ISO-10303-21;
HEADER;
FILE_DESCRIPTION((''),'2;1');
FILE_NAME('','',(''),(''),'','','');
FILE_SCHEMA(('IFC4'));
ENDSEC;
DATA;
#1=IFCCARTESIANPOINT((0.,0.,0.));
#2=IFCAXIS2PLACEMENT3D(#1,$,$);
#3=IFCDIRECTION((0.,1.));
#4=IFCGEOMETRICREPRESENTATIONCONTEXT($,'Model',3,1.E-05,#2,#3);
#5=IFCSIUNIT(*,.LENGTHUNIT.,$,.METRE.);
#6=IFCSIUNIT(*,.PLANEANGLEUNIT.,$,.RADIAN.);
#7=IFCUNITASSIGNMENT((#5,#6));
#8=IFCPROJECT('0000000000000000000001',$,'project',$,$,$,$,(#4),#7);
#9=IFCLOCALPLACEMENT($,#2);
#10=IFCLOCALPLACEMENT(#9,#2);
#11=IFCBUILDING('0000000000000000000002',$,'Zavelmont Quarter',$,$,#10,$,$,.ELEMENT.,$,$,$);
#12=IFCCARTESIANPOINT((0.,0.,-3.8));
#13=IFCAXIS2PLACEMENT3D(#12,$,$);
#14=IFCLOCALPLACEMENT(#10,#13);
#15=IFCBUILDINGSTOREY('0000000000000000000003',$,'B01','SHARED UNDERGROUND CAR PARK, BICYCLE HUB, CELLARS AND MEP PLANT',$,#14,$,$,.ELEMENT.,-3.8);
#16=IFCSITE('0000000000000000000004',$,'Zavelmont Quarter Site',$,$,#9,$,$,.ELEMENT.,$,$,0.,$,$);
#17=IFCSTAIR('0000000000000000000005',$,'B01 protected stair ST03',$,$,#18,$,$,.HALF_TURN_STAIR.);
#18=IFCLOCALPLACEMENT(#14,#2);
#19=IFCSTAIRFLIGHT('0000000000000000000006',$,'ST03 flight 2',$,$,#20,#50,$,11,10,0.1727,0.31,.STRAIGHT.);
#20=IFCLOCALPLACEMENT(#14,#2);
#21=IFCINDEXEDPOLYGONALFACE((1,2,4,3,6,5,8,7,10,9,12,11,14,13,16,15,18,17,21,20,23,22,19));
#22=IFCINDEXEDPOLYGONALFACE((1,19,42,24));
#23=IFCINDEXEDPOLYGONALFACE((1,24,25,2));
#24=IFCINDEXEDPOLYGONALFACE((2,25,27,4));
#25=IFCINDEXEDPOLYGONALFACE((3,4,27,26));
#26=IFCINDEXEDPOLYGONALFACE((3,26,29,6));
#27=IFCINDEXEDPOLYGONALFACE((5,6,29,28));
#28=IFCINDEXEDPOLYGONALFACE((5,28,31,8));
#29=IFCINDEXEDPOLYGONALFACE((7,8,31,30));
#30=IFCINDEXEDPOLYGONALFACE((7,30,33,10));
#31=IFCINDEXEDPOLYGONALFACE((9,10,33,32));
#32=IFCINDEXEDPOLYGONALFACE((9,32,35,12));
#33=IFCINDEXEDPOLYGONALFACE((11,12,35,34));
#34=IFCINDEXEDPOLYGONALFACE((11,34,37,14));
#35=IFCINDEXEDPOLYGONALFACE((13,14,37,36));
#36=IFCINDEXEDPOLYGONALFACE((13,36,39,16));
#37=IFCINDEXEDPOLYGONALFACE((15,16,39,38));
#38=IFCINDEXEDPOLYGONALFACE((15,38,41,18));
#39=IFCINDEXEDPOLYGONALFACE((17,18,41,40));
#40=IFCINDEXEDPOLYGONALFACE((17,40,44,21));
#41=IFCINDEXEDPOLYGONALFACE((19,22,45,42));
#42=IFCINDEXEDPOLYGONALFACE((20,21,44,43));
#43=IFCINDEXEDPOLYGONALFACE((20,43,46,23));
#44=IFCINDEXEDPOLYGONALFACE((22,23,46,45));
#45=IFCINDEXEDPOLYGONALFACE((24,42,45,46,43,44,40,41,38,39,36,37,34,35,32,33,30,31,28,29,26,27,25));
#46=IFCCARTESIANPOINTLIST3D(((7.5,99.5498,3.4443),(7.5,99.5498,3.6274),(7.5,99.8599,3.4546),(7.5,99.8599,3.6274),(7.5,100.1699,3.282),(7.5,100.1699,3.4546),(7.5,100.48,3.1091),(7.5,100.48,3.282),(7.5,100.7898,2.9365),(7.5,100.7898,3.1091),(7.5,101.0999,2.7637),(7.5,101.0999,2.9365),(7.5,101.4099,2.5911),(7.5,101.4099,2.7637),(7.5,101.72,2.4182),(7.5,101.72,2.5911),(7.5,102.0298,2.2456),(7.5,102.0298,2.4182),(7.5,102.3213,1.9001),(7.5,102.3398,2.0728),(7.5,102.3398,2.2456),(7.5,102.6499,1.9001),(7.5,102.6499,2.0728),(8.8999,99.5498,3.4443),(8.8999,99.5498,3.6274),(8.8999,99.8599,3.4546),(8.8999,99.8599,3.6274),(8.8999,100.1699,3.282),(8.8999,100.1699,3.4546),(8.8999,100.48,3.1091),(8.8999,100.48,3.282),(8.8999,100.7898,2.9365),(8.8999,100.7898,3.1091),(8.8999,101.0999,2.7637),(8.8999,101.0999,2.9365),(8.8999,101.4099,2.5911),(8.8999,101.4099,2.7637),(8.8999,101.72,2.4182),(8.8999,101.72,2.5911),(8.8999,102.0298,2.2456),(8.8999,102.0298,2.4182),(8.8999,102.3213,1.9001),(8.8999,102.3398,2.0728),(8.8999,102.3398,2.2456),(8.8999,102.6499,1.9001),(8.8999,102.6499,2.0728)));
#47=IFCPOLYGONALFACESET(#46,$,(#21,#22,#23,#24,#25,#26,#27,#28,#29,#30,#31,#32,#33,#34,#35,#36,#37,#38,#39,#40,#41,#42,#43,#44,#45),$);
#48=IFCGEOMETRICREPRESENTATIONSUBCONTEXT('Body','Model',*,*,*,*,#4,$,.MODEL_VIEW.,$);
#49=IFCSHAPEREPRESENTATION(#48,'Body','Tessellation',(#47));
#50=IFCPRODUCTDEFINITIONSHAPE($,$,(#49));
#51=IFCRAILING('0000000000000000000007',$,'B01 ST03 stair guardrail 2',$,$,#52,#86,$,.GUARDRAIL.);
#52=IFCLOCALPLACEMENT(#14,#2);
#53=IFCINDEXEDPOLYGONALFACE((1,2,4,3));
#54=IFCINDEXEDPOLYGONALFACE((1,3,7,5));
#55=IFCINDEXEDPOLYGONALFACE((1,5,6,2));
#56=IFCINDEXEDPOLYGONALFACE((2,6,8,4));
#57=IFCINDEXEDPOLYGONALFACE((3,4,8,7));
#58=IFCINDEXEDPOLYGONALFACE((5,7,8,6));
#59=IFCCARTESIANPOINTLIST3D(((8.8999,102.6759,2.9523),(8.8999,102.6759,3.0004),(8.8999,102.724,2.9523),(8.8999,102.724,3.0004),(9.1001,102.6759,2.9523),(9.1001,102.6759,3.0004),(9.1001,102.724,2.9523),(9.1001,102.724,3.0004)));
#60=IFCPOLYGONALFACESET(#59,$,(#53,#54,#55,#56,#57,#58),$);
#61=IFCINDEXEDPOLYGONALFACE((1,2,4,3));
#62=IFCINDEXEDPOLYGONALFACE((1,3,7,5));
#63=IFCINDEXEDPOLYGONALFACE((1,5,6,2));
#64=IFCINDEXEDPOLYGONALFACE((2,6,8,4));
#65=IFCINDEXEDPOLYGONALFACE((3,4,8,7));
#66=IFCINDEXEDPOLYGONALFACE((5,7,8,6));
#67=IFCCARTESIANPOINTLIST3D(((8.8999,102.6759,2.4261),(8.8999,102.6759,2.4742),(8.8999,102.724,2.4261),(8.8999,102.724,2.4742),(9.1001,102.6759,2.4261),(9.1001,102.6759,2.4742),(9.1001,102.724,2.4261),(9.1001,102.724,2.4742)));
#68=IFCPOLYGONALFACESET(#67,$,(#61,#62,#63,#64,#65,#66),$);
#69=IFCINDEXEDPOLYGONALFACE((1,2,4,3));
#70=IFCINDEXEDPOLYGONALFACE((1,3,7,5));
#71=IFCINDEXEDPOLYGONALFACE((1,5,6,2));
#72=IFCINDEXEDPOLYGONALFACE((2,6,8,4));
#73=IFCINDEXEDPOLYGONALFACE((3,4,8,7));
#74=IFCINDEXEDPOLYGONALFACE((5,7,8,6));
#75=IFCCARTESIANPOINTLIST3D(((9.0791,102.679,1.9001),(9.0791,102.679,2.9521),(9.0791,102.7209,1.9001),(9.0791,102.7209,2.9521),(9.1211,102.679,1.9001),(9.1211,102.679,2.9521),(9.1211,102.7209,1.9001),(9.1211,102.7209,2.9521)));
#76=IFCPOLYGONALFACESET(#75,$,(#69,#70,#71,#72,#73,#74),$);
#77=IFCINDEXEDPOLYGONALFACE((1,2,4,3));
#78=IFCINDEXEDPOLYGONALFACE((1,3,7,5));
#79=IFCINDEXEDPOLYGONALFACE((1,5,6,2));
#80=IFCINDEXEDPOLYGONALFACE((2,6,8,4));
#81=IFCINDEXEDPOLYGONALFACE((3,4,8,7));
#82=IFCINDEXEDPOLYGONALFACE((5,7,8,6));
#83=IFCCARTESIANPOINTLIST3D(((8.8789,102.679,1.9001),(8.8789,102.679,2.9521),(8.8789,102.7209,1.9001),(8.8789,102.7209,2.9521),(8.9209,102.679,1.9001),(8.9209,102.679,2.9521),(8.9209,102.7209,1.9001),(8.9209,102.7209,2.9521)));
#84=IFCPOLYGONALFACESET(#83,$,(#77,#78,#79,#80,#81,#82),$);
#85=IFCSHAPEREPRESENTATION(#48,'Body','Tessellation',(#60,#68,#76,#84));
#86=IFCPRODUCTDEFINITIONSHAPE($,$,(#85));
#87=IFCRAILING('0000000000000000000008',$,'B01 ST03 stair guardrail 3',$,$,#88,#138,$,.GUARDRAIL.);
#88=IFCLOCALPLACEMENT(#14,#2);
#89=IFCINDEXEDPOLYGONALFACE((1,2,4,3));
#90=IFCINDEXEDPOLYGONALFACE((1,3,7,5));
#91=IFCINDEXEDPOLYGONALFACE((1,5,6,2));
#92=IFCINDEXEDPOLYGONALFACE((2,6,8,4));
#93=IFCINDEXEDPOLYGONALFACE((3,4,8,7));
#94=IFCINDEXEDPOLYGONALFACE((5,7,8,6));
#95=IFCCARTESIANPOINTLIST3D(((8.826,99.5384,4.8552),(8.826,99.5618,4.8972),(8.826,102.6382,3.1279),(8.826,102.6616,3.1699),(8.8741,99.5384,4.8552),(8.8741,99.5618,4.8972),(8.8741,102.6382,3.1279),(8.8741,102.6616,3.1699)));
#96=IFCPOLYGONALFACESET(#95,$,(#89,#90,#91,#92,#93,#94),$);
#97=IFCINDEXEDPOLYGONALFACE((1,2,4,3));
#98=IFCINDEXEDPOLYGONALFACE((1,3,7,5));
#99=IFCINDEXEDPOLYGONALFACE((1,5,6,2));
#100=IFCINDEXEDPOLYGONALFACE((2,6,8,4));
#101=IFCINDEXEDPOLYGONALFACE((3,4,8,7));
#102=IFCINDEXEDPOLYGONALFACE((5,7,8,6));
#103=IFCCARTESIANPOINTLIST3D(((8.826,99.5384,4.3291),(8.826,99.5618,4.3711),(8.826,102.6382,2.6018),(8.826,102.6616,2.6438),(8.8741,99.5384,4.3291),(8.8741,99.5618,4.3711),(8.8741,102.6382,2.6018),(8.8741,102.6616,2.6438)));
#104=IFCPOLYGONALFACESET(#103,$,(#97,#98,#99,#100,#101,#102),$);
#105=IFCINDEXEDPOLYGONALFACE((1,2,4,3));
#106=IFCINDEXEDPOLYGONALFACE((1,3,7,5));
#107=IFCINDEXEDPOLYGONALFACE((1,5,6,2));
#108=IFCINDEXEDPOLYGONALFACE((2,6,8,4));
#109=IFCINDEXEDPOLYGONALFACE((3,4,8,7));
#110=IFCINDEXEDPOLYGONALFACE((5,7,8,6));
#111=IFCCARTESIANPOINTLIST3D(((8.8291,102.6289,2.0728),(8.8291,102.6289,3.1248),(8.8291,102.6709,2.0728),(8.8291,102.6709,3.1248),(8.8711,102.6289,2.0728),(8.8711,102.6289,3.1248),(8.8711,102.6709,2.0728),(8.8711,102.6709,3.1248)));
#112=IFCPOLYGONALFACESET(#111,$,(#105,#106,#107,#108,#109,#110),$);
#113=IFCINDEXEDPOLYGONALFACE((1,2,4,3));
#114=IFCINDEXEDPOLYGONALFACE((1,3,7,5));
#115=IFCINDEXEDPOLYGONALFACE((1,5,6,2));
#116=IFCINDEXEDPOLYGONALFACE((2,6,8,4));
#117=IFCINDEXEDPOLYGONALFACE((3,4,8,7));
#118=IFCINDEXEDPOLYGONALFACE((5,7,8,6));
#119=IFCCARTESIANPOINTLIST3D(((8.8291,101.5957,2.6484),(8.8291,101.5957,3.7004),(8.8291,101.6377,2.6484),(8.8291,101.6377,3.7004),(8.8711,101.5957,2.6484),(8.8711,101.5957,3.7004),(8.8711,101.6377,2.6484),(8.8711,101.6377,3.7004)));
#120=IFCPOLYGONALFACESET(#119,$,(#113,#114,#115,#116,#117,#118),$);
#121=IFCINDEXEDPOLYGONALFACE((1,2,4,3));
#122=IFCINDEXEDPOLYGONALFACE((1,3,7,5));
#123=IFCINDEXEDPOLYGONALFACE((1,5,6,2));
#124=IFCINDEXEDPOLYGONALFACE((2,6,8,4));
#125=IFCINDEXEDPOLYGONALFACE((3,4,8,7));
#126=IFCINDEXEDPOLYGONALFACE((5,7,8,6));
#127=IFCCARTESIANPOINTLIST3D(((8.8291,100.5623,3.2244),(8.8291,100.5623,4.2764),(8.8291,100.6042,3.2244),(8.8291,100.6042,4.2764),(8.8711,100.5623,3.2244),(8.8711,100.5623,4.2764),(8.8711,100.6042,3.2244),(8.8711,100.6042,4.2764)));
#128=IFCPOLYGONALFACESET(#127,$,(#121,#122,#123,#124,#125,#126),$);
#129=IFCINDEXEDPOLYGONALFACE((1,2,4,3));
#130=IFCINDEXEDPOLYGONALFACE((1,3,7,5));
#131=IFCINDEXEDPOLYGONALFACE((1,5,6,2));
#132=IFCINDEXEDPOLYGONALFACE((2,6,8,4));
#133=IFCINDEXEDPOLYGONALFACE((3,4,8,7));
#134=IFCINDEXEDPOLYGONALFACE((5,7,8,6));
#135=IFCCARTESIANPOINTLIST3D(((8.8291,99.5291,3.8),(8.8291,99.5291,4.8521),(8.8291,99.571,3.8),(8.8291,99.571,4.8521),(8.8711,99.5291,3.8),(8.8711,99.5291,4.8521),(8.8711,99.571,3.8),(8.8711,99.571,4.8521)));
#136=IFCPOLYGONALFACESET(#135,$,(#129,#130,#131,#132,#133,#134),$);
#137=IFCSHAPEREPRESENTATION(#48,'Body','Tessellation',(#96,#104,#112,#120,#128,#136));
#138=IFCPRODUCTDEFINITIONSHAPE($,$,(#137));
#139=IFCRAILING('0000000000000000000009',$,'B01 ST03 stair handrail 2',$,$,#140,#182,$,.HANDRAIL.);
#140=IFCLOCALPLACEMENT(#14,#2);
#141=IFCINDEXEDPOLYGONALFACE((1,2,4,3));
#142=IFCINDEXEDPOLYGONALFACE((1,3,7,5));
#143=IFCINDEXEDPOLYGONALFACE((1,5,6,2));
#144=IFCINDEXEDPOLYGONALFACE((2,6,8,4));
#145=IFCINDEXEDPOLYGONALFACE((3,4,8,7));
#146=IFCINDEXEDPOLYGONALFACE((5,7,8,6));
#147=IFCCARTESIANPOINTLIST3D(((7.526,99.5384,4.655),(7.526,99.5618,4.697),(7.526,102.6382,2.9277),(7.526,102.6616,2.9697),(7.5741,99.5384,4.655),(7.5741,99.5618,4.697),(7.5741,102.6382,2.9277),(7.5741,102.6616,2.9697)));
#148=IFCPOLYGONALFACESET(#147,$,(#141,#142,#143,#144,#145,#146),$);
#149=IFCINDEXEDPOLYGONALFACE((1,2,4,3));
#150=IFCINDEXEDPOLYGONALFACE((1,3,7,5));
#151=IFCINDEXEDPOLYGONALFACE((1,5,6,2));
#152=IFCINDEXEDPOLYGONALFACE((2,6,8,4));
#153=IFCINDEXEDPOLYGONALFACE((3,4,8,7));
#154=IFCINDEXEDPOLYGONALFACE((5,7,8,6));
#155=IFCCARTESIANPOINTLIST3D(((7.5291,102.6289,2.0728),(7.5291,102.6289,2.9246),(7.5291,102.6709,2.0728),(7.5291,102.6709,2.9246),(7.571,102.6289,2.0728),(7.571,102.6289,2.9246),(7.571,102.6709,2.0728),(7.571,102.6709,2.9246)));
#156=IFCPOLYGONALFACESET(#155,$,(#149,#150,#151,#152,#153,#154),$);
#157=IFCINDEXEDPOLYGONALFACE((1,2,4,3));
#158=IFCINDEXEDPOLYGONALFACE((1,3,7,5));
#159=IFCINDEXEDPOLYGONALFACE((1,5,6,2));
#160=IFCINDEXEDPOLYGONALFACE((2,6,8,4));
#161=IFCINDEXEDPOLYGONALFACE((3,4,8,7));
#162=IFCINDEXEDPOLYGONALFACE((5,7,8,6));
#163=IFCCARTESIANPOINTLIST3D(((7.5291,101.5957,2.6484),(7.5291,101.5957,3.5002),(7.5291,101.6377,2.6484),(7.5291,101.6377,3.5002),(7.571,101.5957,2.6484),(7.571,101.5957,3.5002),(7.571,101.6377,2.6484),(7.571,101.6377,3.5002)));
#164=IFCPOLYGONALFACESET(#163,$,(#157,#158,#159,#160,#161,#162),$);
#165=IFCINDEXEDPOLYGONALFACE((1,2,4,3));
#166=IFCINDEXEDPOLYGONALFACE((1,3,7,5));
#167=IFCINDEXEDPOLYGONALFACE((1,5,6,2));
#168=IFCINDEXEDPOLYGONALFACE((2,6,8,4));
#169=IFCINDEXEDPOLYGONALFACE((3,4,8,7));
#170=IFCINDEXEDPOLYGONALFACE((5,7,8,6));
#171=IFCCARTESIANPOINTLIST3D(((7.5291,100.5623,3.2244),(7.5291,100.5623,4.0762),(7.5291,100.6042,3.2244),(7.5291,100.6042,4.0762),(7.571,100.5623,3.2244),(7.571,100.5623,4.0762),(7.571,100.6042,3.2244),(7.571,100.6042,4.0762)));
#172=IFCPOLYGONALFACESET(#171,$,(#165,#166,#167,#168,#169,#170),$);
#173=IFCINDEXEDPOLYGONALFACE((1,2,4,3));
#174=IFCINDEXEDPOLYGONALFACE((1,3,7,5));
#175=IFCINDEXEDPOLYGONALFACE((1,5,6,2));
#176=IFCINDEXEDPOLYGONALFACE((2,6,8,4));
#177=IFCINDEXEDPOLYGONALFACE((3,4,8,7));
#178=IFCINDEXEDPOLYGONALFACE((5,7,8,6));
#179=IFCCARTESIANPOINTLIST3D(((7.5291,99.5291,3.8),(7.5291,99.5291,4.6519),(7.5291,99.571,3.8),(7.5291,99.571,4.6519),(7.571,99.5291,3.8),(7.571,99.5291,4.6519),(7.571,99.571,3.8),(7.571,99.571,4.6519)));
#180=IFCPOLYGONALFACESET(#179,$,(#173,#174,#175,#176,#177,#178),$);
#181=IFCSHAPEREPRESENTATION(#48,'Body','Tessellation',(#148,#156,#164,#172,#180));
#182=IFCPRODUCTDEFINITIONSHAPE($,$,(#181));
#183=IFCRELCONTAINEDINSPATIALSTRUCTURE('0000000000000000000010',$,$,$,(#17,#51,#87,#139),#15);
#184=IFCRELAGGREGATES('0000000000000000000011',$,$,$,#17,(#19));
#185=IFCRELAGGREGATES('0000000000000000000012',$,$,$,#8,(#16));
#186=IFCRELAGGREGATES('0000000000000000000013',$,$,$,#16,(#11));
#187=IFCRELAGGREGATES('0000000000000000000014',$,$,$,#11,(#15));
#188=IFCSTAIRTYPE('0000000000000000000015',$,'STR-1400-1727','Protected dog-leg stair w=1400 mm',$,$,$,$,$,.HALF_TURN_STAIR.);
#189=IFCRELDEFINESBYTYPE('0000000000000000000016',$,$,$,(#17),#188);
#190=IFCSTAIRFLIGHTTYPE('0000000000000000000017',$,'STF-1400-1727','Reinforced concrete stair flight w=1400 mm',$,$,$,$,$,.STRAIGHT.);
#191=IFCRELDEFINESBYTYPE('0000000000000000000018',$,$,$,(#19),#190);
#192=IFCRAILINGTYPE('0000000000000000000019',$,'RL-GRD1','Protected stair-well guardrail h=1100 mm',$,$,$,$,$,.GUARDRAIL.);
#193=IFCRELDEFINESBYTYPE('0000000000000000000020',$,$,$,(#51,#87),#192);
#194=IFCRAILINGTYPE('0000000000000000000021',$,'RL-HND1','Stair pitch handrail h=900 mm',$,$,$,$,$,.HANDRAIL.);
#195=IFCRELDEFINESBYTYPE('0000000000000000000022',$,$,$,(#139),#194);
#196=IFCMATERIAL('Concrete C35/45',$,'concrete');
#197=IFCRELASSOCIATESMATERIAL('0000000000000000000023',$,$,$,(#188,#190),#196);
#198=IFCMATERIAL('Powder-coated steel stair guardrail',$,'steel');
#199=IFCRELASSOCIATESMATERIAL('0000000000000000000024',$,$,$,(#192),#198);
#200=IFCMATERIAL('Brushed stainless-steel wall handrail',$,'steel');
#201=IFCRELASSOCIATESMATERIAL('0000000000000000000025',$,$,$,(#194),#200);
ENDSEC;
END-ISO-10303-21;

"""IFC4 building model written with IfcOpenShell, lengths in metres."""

from ifc_helpers import new_model, si_unit, direction, frame, origin, origin_2d, place, context, subcontext, project, spatial, polyline, rectangle, outline, extrude, material, type_object, element, aggregate, save


model = new_model("IFC4")

# Units and contexts
model_context = context("Model", 3, precision=1e-05, world=origin(), true_north=direction((0.0, 1.0)))
body_context = subcontext(model_context, "Body", "Model", "MODEL_VIEW")
ifc_project = project(units=[si_unit("LENGTHUNIT", "METRE"), si_unit("PLANEANGLEUNIT", "RADIAN")], contexts=[model_context])

# Site, building, storey
site_placement = place(None, origin())
site = spatial("IfcSite", under=ifc_project, at=site_placement, Name="Zavelmont Quarter Site", CompositionType="ELEMENT", RefElevation=0.0)
building_placement = place(site_placement, origin())
building = spatial("IfcBuilding", under=site, at=building_placement, Name="Zavelmont Quarter", CompositionType="ELEMENT")
storey_placement = place(building_placement, frame((0.0, 0.0, -3.8)))
storey = spatial("IfcBuildingStorey", under=building, at=storey_placement, Name="B01", Description="SHARED UNDERGROUND CAR PARK, BICYCLE HUB, CELLARS AND MEP PLANT", CompositionType="ELEMENT", Elevation=-3.8)

# Shared definitions
ifc_material_1 = material(Name="Concrete C35/45", Category="concrete")

# Stair, stair flight
stair_type = type_object("IfcStairType", Name="STR-1400-1727", Description="Protected dog-leg stair w=1400 mm", PredefinedType="HALF_TURN_STAIR", material=ifc_material_1)
stair_placement = place(storey_placement, origin())
stair = element("IfcStair", 1, at=stair_placement, inside=storey, type_object=stair_type, Name="B01 protected stair ST03", PredefinedType="HALF_TURN_STAIR")
stair_flight_type = type_object("IfcStairFlightType", Name="STF-1400-1727", Description="Reinforced concrete stair flight w=1400 mm", PredefinedType="STRAIGHT", material=ifc_material_1)
stair_flight_placement = place(storey_placement, frame((8.2, 102.6499, 1.9001), z_axis=(0.0, 0.0, 1.0), x_axis=(0.0, -1.0, 0.0)))
stair_flight = element("IfcStairFlight", 2, at=stair_flight_placement, type_object=stair_flight_type, Name="ST03 flight 2", NumberOfRisers=11, NumberOfTreads=10, PredefinedType="STRAIGHT", RiserHeight=0.1727, TreadLength=0.31, context=body_context, shape_type="SweptSolid", body=[
    extrude(outline(polyline([(0.0, 0.0), (0.0, 0.1726), (0.3101, 0.1726), (0.3101, 0.3455), (0.6201, 0.3455), (0.6201, 0.5181), (0.9299, 0.5181), (0.9299, 0.6909), (1.24, 0.6909), (1.24, 0.8635), (1.55, 0.8635), (1.55, 1.0364), (1.8601, 1.0364), (1.8601, 1.209), (2.1699, 1.209), (2.1699, 1.3818), (2.48, 1.3818), (2.48, 1.5544), (2.79, 1.5544), (2.79, 1.7273), (3.1001, 1.7273), (3.1001, 1.8999), (3.1001, 1.5442), (0.3286, 0.0), (0.0, 0.0)])), frame((0.0, 0.7, 0.0), z_axis=(0.0, -1.0, 0.0), x_axis=(1.0, 0.0, 0.0)), (0.0, 0.0, 1.0), 1.3999),
])
aggregate(stair, [stair_flight])

# Railings
ifc_material_2 = material(Name="Powder-coated steel stair guardrail", Category="steel")
railing_type_1 = type_object("IfcRailingType", Name="RL-GRD1", Description="Protected stair-well guardrail h=1100 mm", PredefinedType="GUARDRAIL", material=ifc_material_2)
railing_1_placement = place(storey_placement, frame((9.1001, 102.7, 1.9001)))
element("IfcRailing", 3, at=railing_1_placement, inside=storey, type_object=railing_type_1, Name="B01 ST03 stair guardrail 2", PredefinedType="GUARDRAIL", context=body_context, shape_type="SweptSolid", body=[
    extrude(rectangle(XDim=0.0481, YDim=0.0481, at=origin_2d()), frame((0.0, 0.0, 1.0762), z_axis=(-1.0, 0.0, 0.0), x_axis=(0.0, -1.0, 0.0)), (0.0, 0.0, 1.0), 0.2002),
    extrude(rectangle(XDim=0.0481, YDim=0.0481, at=origin_2d()), frame((0.0, 0.0, 0.55), z_axis=(-1.0, 0.0, 0.0), x_axis=(0.0, -1.0, 0.0)), (0.0, 0.0, 1.0), 0.2002),
    extrude(rectangle(XDim=0.042, YDim=0.042, at=origin_2d()), origin(), (0.0, 0.0, 1.0), 1.052),
    extrude(rectangle(XDim=0.042, YDim=0.042, at=origin_2d()), frame((-0.2002, 0.0, 0.0)), (0.0, 0.0, 1.0), 1.052),
])
railing_2_placement = place(storey_placement, frame((8.8501, 102.6499, 2.0728)))
element("IfcRailing", 4, at=railing_2_placement, inside=storey, type_object=railing_type_1, Name="B01 ST03 stair guardrail 3", PredefinedType="GUARDRAIL", context=body_context, shape_type="SweptSolid", body=[
    extrude(rectangle(XDim=0.0481, YDim=0.0481, at=origin_2d()), frame((0.0, 0.0, 1.0762), z_axis=(0.0, -0.87354, 0.486752), x_axis=(1.0, 0.0, 0.0)), (0.0, 0.0, 1.0), 3.5486),
    extrude(rectangle(XDim=0.0481, YDim=0.0481, at=origin_2d()), frame((0.0, 0.0, 0.55), z_axis=(0.0, -0.87354, 0.486752), x_axis=(1.0, 0.0, 0.0)), (0.0, 0.0, 1.0), 3.5486),
    extrude(rectangle(XDim=0.042, YDim=0.042, at=origin_2d()), origin(), (0.0, 0.0, 1.0), 1.052),
    extrude(rectangle(XDim=0.042, YDim=0.042, at=origin_2d()), frame((0.0, -1.0332, 0.5757)), (0.0, 0.0, 1.0), 1.052),
    extrude(rectangle(XDim=0.042, YDim=0.042, at=origin_2d()), frame((0.0, -2.0667, 1.1516)), (0.0, 0.0, 1.0), 1.052),
    extrude(rectangle(XDim=0.042, YDim=0.042, at=origin_2d()), frame((0.0, -3.0999, 1.7273)), (0.0, 0.0, 1.0), 1.052),
])
ifc_material_3 = material(Name="Brushed stainless-steel wall handrail", Category="steel")
railing_type_2 = type_object("IfcRailingType", Name="RL-HND1", Description="Stair pitch handrail h=900 mm", PredefinedType="HANDRAIL", material=ifc_material_3)
railing_3_placement = place(storey_placement, frame((7.55, 102.6499, 2.0728)))
element("IfcRailing", 5, at=railing_3_placement, inside=storey, type_object=railing_type_2, Name="B01 ST03 stair handrail 2", PredefinedType="HANDRAIL", context=body_context, shape_type="SweptSolid", body=[
    extrude(rectangle(XDim=0.0481, YDim=0.0481, at=origin_2d()), frame((0.0, 0.0, 0.876), z_axis=(0.0, -0.87354, 0.486752), x_axis=(1.0, 0.0, 0.0)), (0.0, 0.0, 1.0), 3.5486),
    extrude(rectangle(XDim=0.042, YDim=0.042, at=origin_2d()), origin(), (0.0, 0.0, 1.0), 0.8518),
    extrude(rectangle(XDim=0.042, YDim=0.042, at=origin_2d()), frame((0.0, -1.0332, 0.5757)), (0.0, 0.0, 1.0), 0.8518),
    extrude(rectangle(XDim=0.042, YDim=0.042, at=origin_2d()), frame((0.0, -2.0667, 1.1516)), (0.0, 0.0, 1.0), 0.8518),
    extrude(rectangle(XDim=0.042, YDim=0.042, at=origin_2d()), frame((0.0, -3.0999, 1.7273)), (0.0, 0.0, 1.0), 0.8518),
])

save(model, "model.ifc")
